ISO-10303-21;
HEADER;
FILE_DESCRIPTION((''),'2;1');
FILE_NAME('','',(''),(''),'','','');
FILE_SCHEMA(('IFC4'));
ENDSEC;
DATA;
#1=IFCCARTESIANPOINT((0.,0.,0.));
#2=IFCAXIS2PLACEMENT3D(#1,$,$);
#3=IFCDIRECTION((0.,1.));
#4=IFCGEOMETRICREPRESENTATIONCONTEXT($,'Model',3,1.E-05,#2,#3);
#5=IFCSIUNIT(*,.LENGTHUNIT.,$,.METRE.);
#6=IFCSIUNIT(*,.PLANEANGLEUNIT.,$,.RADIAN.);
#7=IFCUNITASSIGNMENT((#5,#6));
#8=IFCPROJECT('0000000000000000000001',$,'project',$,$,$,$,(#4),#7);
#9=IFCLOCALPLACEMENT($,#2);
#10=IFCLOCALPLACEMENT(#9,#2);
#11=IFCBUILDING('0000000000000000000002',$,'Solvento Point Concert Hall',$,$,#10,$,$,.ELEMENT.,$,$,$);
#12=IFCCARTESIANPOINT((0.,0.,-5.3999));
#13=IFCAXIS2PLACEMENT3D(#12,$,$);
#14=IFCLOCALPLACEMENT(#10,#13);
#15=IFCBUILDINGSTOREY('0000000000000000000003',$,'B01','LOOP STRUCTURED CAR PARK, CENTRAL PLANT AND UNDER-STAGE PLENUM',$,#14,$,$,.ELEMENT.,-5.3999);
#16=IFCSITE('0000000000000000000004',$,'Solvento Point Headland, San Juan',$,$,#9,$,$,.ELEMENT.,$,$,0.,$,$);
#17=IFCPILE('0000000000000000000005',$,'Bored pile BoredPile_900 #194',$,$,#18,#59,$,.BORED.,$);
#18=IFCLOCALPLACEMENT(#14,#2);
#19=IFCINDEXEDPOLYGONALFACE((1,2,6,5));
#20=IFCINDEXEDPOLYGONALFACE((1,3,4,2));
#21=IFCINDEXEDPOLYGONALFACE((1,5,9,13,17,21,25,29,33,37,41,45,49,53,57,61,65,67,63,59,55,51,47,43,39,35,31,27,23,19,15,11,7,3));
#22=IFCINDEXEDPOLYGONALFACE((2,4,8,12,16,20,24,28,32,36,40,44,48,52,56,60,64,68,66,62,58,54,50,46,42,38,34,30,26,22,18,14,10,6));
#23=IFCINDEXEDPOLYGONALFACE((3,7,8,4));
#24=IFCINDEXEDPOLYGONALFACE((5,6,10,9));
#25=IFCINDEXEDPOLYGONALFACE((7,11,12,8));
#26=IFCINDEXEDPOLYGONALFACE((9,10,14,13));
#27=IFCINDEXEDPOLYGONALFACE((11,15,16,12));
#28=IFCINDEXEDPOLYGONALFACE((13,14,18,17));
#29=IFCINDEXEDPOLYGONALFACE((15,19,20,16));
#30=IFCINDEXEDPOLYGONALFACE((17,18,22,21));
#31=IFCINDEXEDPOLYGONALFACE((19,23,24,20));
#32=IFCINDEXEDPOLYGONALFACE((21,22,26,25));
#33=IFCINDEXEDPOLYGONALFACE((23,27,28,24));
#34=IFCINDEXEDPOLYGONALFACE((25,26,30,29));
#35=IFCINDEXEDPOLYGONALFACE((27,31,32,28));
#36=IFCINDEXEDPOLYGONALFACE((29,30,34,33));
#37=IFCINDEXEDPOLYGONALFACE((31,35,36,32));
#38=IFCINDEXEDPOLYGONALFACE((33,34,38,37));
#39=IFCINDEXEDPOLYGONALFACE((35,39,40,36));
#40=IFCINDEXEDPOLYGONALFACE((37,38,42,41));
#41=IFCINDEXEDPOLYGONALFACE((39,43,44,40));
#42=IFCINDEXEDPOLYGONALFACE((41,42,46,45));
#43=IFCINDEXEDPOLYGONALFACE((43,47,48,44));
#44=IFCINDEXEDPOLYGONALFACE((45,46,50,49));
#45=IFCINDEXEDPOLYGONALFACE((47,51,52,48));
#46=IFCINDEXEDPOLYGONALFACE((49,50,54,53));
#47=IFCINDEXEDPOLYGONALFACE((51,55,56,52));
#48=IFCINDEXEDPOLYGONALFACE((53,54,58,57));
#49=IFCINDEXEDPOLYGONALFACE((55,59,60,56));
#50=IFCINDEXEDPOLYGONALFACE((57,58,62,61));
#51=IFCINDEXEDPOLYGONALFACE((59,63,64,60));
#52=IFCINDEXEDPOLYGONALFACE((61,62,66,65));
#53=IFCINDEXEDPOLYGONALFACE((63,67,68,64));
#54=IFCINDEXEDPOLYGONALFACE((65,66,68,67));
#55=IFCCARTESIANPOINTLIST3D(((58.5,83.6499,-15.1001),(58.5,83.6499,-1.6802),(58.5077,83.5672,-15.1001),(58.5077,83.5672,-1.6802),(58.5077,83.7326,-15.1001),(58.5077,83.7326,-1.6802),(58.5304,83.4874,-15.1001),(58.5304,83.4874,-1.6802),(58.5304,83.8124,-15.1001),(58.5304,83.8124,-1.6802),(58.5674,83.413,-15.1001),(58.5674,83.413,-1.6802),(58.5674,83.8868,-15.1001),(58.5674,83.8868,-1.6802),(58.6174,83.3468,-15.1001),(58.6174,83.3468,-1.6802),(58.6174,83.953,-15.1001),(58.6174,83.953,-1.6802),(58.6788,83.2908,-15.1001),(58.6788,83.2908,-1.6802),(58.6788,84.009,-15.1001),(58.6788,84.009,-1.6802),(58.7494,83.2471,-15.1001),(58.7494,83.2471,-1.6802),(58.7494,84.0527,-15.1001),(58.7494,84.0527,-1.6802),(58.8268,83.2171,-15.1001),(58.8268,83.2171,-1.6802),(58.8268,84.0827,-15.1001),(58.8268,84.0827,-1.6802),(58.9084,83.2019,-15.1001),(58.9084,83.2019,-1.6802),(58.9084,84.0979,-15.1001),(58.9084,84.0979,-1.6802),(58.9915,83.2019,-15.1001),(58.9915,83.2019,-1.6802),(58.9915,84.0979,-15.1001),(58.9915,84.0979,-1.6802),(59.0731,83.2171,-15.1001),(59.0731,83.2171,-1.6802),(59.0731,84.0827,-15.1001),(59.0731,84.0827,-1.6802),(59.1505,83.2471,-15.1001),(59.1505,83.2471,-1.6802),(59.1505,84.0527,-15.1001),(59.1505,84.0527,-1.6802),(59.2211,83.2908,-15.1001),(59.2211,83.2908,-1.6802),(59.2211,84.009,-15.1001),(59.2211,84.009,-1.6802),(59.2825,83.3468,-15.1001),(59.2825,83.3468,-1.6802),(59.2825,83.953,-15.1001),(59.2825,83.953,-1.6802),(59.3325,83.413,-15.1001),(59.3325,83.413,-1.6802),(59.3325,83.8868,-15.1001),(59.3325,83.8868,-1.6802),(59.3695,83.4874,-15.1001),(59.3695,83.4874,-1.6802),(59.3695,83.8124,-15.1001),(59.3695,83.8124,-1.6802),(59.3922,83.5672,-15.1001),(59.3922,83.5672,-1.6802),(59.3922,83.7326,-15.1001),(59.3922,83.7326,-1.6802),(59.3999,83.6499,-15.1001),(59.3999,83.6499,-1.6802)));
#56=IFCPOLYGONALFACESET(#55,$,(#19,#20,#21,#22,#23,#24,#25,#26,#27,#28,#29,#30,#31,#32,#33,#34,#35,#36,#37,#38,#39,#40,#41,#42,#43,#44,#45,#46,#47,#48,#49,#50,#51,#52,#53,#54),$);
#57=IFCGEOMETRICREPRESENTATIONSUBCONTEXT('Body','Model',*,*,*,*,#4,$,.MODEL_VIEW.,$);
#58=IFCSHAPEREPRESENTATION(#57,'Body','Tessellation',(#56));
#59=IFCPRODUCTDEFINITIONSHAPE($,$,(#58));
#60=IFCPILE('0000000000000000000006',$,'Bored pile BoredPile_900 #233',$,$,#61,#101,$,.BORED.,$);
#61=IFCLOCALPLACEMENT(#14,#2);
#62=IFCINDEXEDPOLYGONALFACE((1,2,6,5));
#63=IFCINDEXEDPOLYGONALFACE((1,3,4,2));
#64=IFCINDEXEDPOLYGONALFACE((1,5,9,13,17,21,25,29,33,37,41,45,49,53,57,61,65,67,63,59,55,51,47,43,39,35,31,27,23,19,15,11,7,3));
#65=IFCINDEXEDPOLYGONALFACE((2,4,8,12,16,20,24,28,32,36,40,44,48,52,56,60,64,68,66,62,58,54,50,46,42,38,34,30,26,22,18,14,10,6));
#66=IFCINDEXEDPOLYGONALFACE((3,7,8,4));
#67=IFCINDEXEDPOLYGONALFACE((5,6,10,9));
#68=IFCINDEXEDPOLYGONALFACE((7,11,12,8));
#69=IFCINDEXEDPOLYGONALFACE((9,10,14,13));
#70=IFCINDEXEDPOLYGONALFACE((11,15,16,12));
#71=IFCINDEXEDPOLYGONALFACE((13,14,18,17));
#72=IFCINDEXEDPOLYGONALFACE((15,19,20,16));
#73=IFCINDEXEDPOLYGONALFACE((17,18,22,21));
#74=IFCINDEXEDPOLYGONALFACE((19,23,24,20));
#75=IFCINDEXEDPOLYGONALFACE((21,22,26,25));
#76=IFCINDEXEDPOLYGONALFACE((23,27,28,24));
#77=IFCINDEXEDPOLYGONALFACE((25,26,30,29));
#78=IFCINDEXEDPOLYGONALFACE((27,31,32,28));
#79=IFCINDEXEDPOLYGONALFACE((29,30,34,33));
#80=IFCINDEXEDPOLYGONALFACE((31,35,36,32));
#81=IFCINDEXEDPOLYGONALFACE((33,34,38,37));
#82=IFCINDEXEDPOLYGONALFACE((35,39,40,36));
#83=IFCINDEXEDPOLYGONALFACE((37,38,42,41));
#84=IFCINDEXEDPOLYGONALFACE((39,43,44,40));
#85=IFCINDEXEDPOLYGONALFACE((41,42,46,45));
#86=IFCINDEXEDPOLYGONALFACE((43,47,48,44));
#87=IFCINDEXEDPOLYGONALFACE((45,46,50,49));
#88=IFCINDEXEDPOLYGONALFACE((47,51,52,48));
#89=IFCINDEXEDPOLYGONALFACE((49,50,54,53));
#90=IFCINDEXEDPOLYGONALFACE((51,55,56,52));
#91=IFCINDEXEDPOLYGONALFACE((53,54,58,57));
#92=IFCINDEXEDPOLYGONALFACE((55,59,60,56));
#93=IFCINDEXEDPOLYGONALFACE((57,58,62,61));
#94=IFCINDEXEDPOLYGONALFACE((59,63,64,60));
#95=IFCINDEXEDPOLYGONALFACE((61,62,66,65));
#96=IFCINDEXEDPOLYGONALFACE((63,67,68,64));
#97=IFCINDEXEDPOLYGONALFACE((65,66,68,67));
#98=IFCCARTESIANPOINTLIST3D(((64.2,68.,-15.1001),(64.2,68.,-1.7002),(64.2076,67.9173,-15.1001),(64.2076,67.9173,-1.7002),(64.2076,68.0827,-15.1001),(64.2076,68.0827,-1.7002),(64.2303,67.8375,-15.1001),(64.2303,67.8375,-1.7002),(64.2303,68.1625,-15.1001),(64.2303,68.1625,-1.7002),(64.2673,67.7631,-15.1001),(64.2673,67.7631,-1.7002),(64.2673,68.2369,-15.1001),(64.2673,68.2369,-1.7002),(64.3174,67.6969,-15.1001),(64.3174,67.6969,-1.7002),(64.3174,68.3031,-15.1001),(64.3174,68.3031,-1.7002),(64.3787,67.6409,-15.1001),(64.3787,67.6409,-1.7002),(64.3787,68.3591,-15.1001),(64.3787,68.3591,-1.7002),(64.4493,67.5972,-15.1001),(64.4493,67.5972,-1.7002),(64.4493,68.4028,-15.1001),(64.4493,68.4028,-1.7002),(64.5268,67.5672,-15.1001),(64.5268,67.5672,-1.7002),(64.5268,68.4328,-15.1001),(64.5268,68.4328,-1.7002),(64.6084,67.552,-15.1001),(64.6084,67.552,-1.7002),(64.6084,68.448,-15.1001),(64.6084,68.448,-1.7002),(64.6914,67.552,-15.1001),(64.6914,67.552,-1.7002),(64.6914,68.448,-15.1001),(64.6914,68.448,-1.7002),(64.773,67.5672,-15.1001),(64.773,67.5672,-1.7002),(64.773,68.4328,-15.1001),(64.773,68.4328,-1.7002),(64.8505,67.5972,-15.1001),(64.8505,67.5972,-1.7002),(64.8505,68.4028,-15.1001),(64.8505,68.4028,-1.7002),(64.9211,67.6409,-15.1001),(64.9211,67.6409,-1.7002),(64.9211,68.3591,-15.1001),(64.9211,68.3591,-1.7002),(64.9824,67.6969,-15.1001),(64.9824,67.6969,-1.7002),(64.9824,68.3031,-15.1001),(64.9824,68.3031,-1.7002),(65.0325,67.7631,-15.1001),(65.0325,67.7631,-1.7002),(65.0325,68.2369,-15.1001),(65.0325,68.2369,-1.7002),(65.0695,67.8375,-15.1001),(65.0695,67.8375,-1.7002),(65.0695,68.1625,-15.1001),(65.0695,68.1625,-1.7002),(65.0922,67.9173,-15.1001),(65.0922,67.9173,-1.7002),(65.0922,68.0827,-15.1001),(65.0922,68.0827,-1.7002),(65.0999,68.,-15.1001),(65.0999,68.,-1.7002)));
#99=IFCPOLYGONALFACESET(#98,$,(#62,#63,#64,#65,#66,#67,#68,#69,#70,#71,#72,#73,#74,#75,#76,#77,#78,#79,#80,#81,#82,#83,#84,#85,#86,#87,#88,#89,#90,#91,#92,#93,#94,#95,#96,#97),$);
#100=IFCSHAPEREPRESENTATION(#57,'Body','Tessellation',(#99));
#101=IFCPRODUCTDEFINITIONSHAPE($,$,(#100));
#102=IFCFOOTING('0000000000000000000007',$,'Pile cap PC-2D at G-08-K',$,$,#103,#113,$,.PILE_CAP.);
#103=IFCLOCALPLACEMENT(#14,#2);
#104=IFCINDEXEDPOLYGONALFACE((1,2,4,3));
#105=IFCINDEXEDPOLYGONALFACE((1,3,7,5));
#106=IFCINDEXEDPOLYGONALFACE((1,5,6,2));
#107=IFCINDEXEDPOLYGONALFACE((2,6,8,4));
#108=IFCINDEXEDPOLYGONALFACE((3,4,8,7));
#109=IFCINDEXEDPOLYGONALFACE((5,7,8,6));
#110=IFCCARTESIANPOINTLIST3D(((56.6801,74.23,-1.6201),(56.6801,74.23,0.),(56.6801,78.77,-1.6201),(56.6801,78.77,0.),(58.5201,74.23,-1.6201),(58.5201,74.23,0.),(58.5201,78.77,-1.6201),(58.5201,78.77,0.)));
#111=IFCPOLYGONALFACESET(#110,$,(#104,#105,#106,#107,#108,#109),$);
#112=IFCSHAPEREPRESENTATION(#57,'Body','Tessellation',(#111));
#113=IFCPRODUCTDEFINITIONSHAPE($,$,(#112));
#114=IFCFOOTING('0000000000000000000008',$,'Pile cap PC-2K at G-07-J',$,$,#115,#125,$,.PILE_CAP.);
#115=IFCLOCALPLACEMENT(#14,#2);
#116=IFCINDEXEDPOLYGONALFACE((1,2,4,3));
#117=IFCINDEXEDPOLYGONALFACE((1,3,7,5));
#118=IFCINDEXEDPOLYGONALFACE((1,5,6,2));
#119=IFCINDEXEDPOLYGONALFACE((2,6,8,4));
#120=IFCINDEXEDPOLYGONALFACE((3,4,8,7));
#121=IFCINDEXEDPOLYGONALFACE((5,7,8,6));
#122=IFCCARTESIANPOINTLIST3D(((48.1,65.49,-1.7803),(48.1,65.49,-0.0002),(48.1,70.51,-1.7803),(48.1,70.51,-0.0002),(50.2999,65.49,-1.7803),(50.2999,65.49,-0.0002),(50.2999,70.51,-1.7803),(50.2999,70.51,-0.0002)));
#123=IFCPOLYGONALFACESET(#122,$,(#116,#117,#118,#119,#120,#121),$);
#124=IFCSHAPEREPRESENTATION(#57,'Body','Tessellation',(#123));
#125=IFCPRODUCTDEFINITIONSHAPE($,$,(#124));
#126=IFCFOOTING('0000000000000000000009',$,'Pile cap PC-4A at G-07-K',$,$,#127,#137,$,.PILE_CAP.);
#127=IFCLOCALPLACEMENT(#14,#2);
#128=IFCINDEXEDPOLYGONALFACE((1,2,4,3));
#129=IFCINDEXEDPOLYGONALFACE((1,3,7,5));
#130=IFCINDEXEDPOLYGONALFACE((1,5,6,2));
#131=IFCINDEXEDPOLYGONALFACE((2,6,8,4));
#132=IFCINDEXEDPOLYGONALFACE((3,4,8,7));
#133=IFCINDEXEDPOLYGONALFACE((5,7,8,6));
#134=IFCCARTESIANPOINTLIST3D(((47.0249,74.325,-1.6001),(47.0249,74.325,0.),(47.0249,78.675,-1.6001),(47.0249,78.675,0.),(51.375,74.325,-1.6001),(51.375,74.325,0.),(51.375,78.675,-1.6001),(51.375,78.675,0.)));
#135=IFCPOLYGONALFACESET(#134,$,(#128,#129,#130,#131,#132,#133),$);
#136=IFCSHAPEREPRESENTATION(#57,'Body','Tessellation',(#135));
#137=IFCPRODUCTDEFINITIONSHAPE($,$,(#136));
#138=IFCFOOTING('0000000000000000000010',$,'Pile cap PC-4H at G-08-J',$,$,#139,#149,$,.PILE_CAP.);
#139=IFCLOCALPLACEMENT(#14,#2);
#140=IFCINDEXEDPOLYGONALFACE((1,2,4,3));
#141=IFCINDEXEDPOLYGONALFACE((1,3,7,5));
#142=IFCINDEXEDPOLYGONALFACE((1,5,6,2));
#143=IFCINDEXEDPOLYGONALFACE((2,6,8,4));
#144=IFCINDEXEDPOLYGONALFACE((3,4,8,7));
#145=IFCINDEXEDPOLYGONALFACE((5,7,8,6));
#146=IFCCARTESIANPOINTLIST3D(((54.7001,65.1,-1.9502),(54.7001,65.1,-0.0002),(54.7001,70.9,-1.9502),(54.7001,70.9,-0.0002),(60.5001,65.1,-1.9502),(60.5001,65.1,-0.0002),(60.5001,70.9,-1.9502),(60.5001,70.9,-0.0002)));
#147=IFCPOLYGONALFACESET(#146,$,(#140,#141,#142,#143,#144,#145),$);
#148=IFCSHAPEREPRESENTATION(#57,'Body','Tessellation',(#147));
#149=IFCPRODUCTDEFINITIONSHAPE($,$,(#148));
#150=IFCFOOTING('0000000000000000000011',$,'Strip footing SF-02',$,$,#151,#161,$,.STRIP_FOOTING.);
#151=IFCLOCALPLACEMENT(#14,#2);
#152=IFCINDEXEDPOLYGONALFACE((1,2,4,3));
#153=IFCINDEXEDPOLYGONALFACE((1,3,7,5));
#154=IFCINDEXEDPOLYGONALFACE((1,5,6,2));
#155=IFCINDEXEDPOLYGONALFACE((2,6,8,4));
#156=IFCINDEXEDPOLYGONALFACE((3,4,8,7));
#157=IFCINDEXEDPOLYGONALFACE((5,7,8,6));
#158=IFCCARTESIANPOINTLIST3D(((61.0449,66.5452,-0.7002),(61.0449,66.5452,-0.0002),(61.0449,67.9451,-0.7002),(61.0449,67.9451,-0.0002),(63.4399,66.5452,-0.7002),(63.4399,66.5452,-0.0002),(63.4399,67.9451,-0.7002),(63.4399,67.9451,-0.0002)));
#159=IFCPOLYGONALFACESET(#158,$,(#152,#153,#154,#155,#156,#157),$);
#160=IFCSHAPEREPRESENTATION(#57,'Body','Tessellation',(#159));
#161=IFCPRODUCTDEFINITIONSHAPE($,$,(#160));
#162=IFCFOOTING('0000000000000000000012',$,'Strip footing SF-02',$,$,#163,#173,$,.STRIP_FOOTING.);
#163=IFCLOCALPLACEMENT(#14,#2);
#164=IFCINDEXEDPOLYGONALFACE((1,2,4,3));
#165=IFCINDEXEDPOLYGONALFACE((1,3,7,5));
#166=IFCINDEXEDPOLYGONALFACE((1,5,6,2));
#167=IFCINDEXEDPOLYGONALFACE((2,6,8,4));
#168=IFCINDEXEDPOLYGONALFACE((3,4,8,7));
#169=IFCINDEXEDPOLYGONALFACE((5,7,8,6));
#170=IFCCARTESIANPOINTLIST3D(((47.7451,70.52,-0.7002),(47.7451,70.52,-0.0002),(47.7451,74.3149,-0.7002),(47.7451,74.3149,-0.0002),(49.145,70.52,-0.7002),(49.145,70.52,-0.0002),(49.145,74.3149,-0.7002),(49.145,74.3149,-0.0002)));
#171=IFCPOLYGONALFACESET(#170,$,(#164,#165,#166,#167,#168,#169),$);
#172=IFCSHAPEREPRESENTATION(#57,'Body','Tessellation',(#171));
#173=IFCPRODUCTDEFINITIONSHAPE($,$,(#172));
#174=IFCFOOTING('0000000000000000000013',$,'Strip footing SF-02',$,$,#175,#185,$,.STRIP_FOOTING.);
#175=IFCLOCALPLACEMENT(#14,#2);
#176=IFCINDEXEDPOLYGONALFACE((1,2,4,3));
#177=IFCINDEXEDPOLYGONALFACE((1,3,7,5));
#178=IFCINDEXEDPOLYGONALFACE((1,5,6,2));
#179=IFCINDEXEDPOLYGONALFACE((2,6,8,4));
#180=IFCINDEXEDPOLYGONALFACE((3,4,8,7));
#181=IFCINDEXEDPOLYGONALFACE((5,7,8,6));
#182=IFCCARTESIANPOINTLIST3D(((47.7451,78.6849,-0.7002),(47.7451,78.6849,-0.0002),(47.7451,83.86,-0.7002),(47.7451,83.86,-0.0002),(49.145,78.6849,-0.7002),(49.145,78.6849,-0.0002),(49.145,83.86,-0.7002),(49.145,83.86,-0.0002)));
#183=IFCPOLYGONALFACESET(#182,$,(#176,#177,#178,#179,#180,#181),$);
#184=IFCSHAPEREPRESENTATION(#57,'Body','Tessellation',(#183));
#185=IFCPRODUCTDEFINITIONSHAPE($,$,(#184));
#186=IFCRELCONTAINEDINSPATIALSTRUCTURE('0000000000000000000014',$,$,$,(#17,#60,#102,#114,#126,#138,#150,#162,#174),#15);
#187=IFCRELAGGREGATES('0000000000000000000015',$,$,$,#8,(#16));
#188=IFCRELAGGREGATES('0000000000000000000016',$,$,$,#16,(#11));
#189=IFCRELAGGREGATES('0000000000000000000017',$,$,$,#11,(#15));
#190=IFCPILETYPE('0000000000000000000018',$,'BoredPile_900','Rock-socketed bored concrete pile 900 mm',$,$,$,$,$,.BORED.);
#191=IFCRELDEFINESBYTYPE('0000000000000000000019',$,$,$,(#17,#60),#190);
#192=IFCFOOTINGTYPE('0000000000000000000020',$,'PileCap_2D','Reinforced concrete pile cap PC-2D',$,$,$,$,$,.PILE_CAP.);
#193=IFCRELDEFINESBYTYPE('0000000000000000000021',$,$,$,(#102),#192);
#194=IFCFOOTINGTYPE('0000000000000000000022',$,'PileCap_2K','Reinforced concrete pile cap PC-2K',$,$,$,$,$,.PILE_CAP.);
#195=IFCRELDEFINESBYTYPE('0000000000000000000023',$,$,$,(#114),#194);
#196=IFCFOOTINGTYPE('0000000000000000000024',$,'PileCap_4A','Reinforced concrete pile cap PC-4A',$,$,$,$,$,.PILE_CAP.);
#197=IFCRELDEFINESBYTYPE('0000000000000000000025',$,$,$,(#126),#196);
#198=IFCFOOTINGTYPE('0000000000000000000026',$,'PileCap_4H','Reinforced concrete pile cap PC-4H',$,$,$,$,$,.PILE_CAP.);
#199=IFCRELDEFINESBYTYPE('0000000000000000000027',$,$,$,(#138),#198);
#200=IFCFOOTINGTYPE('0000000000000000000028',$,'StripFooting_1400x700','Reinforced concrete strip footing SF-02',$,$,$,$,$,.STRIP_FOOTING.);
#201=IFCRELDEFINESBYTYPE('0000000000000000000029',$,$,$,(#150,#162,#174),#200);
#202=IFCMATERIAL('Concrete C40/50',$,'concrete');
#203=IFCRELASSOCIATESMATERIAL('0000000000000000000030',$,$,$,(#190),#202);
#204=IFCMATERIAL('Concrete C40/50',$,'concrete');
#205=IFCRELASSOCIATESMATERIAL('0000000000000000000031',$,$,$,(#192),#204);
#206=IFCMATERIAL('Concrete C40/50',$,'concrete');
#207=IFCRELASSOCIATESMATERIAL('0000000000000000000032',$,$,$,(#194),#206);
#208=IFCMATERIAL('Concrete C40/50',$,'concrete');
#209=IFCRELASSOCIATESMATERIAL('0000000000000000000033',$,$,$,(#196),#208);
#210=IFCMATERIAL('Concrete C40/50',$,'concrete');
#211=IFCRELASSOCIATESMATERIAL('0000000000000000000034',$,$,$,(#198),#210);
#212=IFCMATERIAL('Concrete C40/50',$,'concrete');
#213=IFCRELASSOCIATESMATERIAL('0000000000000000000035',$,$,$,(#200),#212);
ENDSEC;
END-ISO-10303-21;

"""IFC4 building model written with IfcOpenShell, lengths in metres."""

from ifc_helpers import new_model, si_unit, direction, frame, origin, origin_2d, place, context, subcontext, project, spatial, rectangle, circle, extrude, material, material_profile, profile_set, type_object, element, save


model = new_model("IFC4")

# Units and contexts
model_context = context("Model", 3, precision=1e-05, world=origin(), true_north=direction((0.0, 1.0)))
body_context = subcontext(model_context, "Body", "Model", "MODEL_VIEW")
ifc_project = project(units=[si_unit("LENGTHUNIT", "METRE"), si_unit("PLANEANGLEUNIT", "RADIAN")], contexts=[model_context])

# Site, building, storey
site_placement = place(None, origin())
site = spatial("IfcSite", under=ifc_project, at=site_placement, Name="Solvento Point Headland, San Juan", CompositionType="ELEMENT", RefElevation=0.0)
building_placement = place(site_placement, origin())
building = spatial("IfcBuilding", under=site, at=building_placement, Name="Solvento Point Concert Hall", CompositionType="ELEMENT")
storey_placement = place(building_placement, frame((0.0, 0.0, -5.3999)))
storey = spatial("IfcBuildingStorey", under=building, at=storey_placement, Name="B01", Description="LOOP STRUCTURED CAR PARK, CENTRAL PLANT AND UNDER-STAGE PLENUM", CompositionType="ELEMENT", Elevation=-5.3999)

# Piles
ifc_material_1 = material(Name="Concrete C40/50", Category="concrete")
ifc_material_profile_1 = material_profile(ifc_material_1, circle(Radius=0.45, at=origin_2d()), Name="BP-900")
ifc_profile_set_1 = profile_set([ifc_material_profile_1], Name="Concrete C40/50")
pile_type_1 = type_object("IfcPileType", Name="BoredPile_900", Description="Rock-socketed bored concrete pile 900 mm", PredefinedType="BORED", material=ifc_profile_set_1)
for number, where, z_axis, x_axis, name in (
    (1, (58.95, 83.6499, -1.6802), (0.0, 0.0, -1.0), (1.0, 0.0, 0.0), "Bored pile BoredPile_900 #194"),
):
    element("IfcPile", number, at=place(storey_placement, frame(where, z_axis=z_axis, x_axis=x_axis)), inside=storey, type_object=pile_type_1, Name=name, PredefinedType="BORED", context=body_context, shape_type="SweptSolid", body=[
        extrude(circle(Radius=0.45, at=origin_2d()), origin(), (0.0, 0.0, 1.0), 13.4199),
    ])
pile_1_placement = place(storey_placement, frame((64.6499, 68.0, -1.7002), z_axis=(0.0, 0.0, -1.0), x_axis=(1.0, 0.0, 0.0)))
element("IfcPile", 2, at=pile_1_placement, inside=storey, type_object=pile_type_1, Name="Bored pile BoredPile_900 #233", PredefinedType="BORED", context=body_context, shape_type="SweptSolid", body=[
    extrude(circle(Radius=0.45, at=origin_2d()), origin(), (0.0, 0.0, 1.0), 13.3999),
])

# Footings
ifc_material_2 = material(Name="Concrete C40/50", Category="concrete")
footing_type_1 = type_object("IfcFootingType", Name="PileCap_2D", Description="Reinforced concrete pile cap PC-2D", PredefinedType="PILE_CAP", material=ifc_material_2)
footing_1_placement = place(storey_placement, frame((57.6001, 76.5, -1.6201), z_axis=(0.0, 0.0, 1.0), x_axis=(1.0, 0.0, 0.0)))
element("IfcFooting", 3, at=footing_1_placement, inside=storey, type_object=footing_type_1, Name="Pile cap PC-2D at G-08-K", PredefinedType="PILE_CAP", context=body_context, shape_type="SweptSolid", body=[
    extrude(rectangle(XDim=1.8401, YDim=4.54, at=origin_2d()), origin(), (0.0, 0.0, 1.0), 1.6201),
])
ifc_material_3 = material(Name="Concrete C40/50", Category="concrete")
footing_type_2 = type_object("IfcFootingType", Name="PileCap_2K", Description="Reinforced concrete pile cap PC-2K", PredefinedType="PILE_CAP", material=ifc_material_3)
footing_2_placement = place(storey_placement, frame((49.2, 68.0, -1.7803), z_axis=(0.0, 0.0, 1.0), x_axis=(1.0, 0.0, 0.0)))
element("IfcFooting", 4, at=footing_2_placement, inside=storey, type_object=footing_type_2, Name="Pile cap PC-2K at G-07-J", PredefinedType="PILE_CAP", context=body_context, shape_type="SweptSolid", body=[
    extrude(rectangle(XDim=2.2, YDim=5.02, at=origin_2d()), origin(), (0.0, 0.0, 1.0), 1.78),
])
ifc_material_4 = material(Name="Concrete C40/50", Category="concrete")
footing_type_3 = type_object("IfcFootingType", Name="PileCap_4A", Description="Reinforced concrete pile cap PC-4A", PredefinedType="PILE_CAP", material=ifc_material_4)
footing_3_placement = place(storey_placement, frame((49.2, 76.5, -1.6001), z_axis=(0.0, 0.0, 1.0), x_axis=(1.0, 0.0, 0.0)))
element("IfcFooting", 5, at=footing_3_placement, inside=storey, type_object=footing_type_3, Name="Pile cap PC-4A at G-07-K", PredefinedType="PILE_CAP", context=body_context, shape_type="SweptSolid", body=[
    extrude(rectangle(XDim=4.3501, YDim=4.3501, at=origin_2d()), origin(), (0.0, 0.0, 1.0), 1.6001),
])
ifc_material_5 = material(Name="Concrete C40/50", Category="concrete")
footing_type_4 = type_object("IfcFootingType", Name="PileCap_4H", Description="Reinforced concrete pile cap PC-4H", PredefinedType="PILE_CAP", material=ifc_material_5)
footing_4_placement = place(storey_placement, frame((57.6001, 68.0, -1.9502), z_axis=(0.0, 0.0, 1.0), x_axis=(1.0, 0.0, 0.0)))
element("IfcFooting", 6, at=footing_4_placement, inside=storey, type_object=footing_type_4, Name="Pile cap PC-4H at G-08-J", PredefinedType="PILE_CAP", context=body_context, shape_type="SweptSolid", body=[
    extrude(rectangle(XDim=5.8, YDim=5.8, at=origin_2d()), origin(), (0.0, 0.0, 1.0), 1.95),
])
ifc_material_6 = material(Name="Concrete C40/50", Category="concrete")
footing_type_5 = type_object("IfcFootingType", Name="StripFooting_1400x700", Description="Reinforced concrete strip footing SF-02", PredefinedType="STRIP_FOOTING", material=ifc_material_6)
footing_5_placement = place(storey_placement, frame((62.2424, 67.2451, -0.7002), z_axis=(0.0, 0.0, 1.0), x_axis=(-1.0, 0.0, 0.0)))
element("IfcFooting", 7, at=footing_5_placement, inside=storey, type_object=footing_type_5, Name="Strip footing SF-02", PredefinedType="STRIP_FOOTING", context=body_context, shape_type="SweptSolid", body=[
    extrude(rectangle(XDim=2.395, YDim=1.3999, at=origin_2d()), origin(), (0.0, 0.0, 1.0), 0.7),
])
footing_6_placement = place(storey_placement, frame((48.4451, 72.4175, -0.7002), z_axis=(0.0, 0.0, 1.0), x_axis=(0.0, 1.0, 0.0)))
element("IfcFooting", 8, at=footing_6_placement, inside=storey, type_object=footing_type_5, Name="Strip footing SF-02", PredefinedType="STRIP_FOOTING", context=body_context, shape_type="SweptSolid", body=[
    extrude(rectangle(XDim=3.7949, YDim=1.3999, at=origin_2d()), origin(), (0.0, 0.0, 1.0), 0.7),
])
footing_7_placement = place(storey_placement, frame((48.4451, 81.2725, -0.7002), z_axis=(0.0, 0.0, 1.0), x_axis=(0.0, 1.0, 0.0)))
element("IfcFooting", 9, at=footing_7_placement, inside=storey, type_object=footing_type_5, Name="Strip footing SF-02", PredefinedType="STRIP_FOOTING", context=body_context, shape_type="SweptSolid", body=[
    extrude(rectangle(XDim=5.175, YDim=1.3999, at=origin_2d()), origin(), (0.0, 0.0, 1.0), 0.7),
])

save(model, "model.ifc")
